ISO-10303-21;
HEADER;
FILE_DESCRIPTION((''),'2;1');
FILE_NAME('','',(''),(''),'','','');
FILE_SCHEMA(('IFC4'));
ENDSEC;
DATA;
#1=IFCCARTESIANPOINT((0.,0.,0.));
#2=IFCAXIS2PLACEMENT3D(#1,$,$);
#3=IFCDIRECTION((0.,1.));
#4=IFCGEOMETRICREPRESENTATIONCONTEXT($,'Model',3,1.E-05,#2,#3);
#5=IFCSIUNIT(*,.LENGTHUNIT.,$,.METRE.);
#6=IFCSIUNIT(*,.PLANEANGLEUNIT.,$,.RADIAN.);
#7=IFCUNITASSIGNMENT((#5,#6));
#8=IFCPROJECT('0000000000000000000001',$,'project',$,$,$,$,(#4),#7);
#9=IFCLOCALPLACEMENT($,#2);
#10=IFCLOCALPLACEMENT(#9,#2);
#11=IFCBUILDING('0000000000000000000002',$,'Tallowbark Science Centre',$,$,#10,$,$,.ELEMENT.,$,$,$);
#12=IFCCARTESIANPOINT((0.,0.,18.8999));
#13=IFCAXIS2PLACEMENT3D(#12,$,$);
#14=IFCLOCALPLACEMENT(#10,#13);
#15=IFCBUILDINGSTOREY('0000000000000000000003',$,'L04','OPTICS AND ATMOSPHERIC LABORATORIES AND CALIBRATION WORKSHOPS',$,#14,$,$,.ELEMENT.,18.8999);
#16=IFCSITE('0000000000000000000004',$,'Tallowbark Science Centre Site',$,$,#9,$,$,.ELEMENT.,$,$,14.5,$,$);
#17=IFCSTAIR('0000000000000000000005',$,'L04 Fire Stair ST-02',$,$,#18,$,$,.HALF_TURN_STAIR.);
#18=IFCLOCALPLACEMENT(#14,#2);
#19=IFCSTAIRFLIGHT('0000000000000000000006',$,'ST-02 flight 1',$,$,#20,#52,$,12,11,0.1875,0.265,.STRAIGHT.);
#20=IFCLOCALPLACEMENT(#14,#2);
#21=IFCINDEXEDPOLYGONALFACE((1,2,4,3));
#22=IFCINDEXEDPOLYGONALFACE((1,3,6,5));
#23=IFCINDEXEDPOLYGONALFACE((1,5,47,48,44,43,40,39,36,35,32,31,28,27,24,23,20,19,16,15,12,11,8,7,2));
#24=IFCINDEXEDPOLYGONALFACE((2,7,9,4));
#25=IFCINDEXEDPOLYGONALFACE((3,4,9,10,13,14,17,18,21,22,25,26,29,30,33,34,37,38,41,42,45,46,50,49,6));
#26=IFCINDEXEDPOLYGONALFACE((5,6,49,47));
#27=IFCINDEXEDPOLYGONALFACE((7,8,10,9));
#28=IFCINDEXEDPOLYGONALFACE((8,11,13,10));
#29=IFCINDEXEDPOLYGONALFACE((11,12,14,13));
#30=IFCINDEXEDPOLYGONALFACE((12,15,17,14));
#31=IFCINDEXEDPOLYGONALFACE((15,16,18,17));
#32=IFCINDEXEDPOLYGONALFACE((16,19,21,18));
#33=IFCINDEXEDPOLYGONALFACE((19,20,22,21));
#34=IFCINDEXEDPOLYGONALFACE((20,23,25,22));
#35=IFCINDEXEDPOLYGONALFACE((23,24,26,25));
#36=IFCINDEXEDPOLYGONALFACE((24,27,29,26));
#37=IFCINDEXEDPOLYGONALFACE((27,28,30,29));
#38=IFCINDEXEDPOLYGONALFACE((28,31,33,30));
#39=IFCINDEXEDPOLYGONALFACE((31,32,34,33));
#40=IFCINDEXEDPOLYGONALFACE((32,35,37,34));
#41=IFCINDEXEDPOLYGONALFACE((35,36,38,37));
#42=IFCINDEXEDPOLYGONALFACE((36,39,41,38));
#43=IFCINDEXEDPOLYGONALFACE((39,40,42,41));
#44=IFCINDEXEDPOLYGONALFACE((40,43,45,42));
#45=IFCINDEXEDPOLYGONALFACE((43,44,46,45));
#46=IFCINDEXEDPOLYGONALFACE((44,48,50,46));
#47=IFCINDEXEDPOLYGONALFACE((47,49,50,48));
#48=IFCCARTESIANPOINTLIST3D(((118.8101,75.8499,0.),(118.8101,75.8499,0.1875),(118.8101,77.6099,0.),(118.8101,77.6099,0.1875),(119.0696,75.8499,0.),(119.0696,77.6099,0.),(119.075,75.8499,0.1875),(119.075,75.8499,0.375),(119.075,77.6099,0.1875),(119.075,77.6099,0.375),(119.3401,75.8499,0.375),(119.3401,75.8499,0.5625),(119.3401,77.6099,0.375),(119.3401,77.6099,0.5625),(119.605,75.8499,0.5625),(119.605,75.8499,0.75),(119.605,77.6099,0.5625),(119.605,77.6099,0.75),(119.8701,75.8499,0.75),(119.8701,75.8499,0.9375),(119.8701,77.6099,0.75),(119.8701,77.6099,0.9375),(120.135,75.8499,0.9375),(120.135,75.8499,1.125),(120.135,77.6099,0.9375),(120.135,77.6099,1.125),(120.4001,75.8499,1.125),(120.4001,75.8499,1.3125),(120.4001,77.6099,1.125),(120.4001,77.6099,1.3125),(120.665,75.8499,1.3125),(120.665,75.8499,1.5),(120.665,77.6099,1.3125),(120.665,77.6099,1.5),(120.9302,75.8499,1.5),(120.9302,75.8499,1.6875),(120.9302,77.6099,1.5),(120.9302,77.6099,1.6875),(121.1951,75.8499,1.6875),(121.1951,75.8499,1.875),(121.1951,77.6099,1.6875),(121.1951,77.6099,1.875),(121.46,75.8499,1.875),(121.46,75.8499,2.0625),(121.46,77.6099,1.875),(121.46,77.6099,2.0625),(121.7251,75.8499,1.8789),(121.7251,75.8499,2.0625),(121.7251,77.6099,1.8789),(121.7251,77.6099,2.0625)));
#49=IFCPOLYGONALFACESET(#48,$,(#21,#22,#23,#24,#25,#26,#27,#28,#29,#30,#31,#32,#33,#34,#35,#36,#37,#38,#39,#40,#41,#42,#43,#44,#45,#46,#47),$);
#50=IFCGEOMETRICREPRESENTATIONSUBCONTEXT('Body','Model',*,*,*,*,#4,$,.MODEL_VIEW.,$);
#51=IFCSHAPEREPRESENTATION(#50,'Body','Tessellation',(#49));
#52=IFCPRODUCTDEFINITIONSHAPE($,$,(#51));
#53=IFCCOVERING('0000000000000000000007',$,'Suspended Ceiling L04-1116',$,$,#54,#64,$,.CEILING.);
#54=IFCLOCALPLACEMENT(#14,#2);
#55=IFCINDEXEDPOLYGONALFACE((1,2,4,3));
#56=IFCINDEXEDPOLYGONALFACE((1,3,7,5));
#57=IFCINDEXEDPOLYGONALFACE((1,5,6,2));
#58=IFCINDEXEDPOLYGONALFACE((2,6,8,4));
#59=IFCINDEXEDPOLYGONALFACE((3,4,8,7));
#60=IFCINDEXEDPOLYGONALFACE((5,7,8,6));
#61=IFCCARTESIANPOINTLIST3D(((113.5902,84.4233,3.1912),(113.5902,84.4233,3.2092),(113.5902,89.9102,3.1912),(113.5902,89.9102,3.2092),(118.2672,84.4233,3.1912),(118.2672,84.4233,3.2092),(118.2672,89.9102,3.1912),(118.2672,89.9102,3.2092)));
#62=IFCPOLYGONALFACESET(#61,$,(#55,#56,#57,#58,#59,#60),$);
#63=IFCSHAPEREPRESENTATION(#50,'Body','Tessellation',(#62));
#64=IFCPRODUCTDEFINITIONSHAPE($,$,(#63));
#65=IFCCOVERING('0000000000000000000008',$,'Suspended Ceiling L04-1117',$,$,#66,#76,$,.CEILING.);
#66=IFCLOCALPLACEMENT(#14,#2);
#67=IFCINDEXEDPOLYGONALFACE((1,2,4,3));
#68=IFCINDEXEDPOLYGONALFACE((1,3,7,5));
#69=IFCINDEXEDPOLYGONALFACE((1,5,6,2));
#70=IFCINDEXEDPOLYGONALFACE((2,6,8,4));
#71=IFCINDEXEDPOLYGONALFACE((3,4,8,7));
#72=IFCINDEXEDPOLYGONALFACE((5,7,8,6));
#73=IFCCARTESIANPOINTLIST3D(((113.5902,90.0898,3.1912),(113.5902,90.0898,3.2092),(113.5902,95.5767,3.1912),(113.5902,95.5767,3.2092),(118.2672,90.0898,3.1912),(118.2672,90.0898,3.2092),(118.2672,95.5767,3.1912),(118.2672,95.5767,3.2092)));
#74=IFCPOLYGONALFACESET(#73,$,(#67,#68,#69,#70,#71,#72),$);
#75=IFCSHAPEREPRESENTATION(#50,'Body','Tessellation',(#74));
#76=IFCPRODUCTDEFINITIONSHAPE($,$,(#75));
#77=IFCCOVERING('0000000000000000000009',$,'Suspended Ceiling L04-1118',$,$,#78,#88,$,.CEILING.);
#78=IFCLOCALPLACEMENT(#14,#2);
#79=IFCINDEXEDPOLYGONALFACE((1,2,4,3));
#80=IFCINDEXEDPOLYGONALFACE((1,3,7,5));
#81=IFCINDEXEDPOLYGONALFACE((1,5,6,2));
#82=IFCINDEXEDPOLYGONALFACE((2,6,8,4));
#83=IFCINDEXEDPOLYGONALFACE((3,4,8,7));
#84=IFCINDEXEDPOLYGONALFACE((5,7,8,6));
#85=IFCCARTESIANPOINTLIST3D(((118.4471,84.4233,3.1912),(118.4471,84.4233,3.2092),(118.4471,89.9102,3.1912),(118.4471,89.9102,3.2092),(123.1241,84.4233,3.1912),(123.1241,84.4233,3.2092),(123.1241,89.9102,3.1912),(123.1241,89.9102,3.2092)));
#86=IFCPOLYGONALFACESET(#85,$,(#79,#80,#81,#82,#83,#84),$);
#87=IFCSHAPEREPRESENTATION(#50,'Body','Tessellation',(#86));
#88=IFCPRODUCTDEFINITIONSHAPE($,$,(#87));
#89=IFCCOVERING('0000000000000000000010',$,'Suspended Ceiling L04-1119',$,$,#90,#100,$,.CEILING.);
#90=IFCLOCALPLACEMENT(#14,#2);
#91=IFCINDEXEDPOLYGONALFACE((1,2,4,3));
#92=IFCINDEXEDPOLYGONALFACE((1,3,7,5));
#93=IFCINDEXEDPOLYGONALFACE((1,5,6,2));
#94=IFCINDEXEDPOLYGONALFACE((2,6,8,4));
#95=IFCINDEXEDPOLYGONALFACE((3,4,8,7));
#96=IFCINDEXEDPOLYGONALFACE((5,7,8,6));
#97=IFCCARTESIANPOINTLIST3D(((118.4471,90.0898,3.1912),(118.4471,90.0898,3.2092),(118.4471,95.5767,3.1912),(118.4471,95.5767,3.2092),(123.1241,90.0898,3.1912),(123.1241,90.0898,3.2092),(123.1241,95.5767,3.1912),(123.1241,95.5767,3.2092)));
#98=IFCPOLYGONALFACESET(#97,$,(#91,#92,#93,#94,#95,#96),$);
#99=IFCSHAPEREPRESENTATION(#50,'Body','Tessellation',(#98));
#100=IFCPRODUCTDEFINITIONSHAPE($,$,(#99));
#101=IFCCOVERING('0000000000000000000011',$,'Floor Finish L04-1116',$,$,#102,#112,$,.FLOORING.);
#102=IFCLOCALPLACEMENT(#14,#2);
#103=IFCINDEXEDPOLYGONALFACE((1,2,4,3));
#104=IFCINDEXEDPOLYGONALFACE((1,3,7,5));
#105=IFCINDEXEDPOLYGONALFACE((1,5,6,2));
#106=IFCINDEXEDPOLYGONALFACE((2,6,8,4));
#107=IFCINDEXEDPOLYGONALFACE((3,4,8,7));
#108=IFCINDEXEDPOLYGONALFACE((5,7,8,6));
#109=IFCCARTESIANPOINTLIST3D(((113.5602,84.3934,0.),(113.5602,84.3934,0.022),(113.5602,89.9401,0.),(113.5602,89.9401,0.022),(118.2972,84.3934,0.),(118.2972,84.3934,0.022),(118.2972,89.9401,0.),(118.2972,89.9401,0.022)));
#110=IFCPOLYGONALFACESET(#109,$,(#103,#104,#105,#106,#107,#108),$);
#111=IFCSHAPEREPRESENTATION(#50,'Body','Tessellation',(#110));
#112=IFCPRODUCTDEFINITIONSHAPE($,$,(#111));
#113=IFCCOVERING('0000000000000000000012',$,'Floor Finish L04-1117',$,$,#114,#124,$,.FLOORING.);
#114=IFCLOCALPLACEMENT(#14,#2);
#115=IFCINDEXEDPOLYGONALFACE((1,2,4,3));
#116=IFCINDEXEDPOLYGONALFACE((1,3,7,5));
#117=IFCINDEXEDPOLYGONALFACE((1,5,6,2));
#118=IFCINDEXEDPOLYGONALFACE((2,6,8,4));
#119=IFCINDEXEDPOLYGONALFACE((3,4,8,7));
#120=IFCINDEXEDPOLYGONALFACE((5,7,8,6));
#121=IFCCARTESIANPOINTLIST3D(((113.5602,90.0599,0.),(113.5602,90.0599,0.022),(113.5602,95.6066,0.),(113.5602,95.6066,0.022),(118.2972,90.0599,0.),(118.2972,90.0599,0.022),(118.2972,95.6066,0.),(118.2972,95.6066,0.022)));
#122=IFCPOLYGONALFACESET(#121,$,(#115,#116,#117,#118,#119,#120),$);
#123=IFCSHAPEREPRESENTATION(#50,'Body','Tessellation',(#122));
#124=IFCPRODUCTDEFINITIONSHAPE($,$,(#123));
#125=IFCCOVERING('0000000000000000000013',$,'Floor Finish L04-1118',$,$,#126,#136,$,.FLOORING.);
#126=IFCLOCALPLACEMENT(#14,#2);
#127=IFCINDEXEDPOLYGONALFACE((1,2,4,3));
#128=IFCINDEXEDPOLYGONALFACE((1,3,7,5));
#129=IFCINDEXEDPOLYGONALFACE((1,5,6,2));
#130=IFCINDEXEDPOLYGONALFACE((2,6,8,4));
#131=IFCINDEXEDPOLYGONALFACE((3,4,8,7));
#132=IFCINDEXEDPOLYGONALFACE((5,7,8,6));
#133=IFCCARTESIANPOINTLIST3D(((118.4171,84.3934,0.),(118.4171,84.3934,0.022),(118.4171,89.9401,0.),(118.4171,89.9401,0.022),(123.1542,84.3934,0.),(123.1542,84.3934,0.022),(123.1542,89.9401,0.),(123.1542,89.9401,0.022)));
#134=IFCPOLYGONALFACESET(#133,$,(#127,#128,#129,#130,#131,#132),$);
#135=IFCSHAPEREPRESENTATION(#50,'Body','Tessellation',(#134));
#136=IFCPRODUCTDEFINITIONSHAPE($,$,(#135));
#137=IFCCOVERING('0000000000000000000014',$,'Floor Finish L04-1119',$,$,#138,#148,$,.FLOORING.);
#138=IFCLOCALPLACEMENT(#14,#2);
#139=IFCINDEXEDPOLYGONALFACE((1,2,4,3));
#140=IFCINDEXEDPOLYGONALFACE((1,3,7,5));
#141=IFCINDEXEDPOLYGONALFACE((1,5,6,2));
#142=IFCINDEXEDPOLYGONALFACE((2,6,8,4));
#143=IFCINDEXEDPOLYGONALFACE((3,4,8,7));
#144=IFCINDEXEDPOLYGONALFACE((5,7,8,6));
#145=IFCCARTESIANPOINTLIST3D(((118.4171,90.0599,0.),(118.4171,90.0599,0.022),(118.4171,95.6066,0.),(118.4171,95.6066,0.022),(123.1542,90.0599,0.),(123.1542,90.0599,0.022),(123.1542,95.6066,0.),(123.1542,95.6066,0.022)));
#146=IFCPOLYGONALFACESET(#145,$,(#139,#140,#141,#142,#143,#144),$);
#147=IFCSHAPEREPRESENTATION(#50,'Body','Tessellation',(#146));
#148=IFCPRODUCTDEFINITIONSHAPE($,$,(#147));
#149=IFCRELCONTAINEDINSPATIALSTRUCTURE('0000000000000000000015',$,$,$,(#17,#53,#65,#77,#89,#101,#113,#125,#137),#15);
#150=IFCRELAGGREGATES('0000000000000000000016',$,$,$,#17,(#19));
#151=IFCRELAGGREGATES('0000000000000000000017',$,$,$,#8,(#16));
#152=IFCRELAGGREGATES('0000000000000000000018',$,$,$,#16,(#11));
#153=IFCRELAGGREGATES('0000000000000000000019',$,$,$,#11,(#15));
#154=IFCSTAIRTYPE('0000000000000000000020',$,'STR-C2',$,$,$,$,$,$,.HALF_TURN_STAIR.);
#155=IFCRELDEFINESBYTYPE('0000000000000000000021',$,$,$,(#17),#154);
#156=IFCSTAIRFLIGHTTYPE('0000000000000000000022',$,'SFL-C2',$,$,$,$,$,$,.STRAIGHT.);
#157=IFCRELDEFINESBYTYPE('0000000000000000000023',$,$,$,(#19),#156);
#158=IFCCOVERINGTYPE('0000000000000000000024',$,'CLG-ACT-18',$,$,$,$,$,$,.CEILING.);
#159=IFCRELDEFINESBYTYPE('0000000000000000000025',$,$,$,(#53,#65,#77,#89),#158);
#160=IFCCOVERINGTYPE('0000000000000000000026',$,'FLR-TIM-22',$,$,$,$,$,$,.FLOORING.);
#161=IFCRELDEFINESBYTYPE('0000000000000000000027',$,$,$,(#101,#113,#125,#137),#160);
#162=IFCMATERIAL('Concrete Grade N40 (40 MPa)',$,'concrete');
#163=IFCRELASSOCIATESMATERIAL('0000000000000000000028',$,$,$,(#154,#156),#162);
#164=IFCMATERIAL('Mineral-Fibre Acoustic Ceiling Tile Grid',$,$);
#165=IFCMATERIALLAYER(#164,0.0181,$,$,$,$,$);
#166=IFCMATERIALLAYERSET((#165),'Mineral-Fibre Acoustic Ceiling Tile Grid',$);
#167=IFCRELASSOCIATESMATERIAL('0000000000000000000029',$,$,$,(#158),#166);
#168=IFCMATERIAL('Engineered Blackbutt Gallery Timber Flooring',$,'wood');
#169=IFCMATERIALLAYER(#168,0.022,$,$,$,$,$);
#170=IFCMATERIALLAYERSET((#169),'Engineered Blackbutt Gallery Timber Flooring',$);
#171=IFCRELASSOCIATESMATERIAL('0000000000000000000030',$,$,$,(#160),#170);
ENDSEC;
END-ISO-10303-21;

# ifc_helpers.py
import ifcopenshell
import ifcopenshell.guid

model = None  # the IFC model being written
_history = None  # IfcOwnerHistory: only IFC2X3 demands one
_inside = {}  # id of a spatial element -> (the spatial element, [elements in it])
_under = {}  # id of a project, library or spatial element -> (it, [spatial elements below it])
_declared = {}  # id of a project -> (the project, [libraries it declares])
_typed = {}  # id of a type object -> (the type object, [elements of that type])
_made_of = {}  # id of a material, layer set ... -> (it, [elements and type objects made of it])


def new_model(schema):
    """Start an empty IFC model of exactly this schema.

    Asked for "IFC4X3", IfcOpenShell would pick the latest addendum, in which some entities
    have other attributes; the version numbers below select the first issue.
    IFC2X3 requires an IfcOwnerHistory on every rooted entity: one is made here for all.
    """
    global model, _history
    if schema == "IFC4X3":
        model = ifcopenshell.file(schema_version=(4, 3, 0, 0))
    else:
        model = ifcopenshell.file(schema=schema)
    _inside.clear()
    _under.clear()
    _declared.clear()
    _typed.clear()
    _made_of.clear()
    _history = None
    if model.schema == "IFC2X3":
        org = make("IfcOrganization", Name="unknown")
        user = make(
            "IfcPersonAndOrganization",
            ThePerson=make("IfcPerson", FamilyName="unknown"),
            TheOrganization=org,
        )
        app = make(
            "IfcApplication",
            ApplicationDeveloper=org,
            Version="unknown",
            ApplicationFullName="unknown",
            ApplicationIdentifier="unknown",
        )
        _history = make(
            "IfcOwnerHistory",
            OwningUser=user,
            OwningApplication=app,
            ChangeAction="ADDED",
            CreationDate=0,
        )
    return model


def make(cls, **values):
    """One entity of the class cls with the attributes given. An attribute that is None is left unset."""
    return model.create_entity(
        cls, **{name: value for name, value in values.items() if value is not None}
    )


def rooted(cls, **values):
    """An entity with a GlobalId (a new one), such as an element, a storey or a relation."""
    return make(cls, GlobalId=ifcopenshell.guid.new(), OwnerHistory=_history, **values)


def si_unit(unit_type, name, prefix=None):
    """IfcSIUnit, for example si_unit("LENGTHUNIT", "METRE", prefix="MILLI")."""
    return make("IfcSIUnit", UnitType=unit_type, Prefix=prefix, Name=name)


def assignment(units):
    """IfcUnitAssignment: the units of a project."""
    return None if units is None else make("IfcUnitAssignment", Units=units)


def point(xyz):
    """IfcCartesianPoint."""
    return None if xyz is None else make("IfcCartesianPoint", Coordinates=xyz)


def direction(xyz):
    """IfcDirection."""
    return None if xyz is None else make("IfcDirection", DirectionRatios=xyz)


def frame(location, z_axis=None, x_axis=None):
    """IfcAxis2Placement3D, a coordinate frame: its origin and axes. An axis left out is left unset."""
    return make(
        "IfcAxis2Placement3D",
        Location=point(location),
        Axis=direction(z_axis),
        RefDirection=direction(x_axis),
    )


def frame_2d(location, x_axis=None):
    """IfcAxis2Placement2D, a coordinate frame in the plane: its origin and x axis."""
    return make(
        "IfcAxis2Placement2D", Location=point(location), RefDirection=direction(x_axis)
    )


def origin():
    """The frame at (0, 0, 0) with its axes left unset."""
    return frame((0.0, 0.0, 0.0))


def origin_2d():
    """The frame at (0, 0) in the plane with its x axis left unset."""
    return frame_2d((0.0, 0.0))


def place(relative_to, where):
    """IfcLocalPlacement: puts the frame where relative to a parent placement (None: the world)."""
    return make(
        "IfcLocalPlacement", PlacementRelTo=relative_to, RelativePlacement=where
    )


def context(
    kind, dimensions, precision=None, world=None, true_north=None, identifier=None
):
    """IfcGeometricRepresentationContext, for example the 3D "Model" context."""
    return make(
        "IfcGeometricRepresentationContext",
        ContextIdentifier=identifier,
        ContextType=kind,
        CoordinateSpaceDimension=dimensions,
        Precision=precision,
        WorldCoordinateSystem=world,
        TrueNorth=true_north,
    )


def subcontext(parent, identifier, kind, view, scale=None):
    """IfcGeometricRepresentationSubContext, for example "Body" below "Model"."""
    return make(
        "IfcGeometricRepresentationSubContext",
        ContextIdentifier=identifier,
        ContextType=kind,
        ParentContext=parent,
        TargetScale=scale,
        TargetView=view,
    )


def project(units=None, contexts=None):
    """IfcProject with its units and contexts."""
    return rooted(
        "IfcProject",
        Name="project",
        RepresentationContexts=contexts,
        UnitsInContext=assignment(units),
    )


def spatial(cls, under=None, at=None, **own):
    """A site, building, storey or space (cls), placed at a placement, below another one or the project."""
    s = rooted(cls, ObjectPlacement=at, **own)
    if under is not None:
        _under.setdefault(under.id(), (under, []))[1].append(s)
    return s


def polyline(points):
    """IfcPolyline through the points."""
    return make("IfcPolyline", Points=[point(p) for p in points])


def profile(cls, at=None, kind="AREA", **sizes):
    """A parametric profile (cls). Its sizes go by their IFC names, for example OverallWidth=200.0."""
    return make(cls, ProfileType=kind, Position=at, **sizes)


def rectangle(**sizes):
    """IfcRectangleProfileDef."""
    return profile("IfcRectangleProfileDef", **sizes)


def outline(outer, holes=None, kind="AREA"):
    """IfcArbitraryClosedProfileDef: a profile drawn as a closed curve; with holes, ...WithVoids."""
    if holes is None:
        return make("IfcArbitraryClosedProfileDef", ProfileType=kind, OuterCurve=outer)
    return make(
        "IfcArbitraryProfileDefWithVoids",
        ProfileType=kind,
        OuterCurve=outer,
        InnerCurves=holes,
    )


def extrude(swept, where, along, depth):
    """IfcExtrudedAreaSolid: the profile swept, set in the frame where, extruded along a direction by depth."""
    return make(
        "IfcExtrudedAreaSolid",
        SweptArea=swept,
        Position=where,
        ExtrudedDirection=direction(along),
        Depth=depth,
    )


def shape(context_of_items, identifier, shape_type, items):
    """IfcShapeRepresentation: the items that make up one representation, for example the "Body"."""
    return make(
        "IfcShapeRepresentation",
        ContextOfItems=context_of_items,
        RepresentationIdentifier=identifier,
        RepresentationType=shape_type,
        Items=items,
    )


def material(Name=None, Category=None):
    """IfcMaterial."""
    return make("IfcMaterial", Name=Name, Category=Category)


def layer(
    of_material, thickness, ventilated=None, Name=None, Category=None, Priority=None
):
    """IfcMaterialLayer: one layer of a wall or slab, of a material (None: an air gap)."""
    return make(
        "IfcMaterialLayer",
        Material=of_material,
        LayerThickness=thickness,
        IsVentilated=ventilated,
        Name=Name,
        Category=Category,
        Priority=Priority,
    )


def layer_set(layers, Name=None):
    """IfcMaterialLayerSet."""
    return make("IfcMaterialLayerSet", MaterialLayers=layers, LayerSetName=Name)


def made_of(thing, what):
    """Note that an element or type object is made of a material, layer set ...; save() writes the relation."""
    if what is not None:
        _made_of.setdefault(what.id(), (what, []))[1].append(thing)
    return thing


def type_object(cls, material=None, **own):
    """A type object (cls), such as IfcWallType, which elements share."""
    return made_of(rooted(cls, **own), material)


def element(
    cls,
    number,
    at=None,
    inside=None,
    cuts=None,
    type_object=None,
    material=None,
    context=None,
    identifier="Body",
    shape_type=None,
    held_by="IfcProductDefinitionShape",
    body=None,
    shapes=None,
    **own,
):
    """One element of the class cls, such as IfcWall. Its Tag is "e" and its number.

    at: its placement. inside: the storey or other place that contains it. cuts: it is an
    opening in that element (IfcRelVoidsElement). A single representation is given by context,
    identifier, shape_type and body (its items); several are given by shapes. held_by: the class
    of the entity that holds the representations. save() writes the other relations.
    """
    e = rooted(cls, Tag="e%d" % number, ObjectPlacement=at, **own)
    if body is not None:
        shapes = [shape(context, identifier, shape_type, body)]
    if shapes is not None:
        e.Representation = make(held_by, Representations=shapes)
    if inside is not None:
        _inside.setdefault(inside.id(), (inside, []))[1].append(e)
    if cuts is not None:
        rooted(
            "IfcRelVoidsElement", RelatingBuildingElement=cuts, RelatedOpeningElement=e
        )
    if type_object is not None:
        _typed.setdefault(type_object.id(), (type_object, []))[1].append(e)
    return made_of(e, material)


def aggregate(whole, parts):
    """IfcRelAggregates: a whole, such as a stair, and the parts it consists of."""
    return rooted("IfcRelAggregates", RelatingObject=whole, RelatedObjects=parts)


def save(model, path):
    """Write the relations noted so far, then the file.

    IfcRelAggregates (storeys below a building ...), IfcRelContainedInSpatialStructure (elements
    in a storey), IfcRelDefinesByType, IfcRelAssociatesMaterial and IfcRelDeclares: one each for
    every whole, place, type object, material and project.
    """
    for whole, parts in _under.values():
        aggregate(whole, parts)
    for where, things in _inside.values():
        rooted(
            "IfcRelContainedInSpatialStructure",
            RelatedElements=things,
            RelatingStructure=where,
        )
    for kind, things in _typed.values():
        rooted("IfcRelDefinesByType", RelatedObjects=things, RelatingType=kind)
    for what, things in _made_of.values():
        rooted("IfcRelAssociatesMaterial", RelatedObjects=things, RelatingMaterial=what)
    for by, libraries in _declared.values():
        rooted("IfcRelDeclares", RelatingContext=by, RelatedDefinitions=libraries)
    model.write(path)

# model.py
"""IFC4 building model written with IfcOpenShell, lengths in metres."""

from ifc_helpers import new_model, si_unit, direction, frame, origin, origin_2d, place, context, subcontext, project, spatial, polyline, rectangle, outline, extrude, material, layer, layer_set, type_object, element, aggregate, save


model = new_model("IFC4")

# Units and contexts
model_context = context("Model", 3, precision=1e-05, world=origin(), true_north=direction((0.0, 1.0)))
body_context = subcontext(model_context, "Body", "Model", "MODEL_VIEW")
ifc_project = project(units=[si_unit("LENGTHUNIT", "METRE"), si_unit("PLANEANGLEUNIT", "RADIAN")], contexts=[model_context])

# Site, building, storey
site_placement = place(None, origin())
site = spatial("IfcSite", under=ifc_project, at=site_placement, Name="Tallowbark Science Centre Site", CompositionType="ELEMENT", RefElevation=14.5)
building_placement = place(site_placement, origin())
building = spatial("IfcBuilding", under=site, at=building_placement, Name="Tallowbark Science Centre", CompositionType="ELEMENT")
storey_placement = place(building_placement, frame((0.0, 0.0, 18.8999)))
storey = spatial("IfcBuildingStorey", under=building, at=storey_placement, Name="L04", Description="OPTICS AND ATMOSPHERIC LABORATORIES AND CALIBRATION WORKSHOPS", CompositionType="ELEMENT", Elevation=18.8999)

# Shared definitions
ifc_material_1 = material(Name="Concrete Grade N40 (40 MPa)", Category="concrete")

# Stair, stair flight
stair_type = type_object("IfcStairType", Name="STR-C2", PredefinedType="HALF_TURN_STAIR", material=ifc_material_1)
stair_placement = place(storey_placement, origin())
stair = element("IfcStair", 1, at=stair_placement, inside=storey, type_object=stair_type, Name="L04 Fire Stair ST-02", PredefinedType="HALF_TURN_STAIR")
stair_flight_type = type_object("IfcStairFlightType", Name="SFL-C2", PredefinedType="STRAIGHT", material=ifc_material_1)
stair_flight_placement = place(storey_placement, frame((118.8101, 76.73, 0.0), z_axis=(0.0, 0.0, 1.0), x_axis=(1.0, 0.0, 0.0)))
stair_flight = element("IfcStairFlight", 2, at=stair_flight_placement, type_object=stair_flight_type, Name="ST-02 flight 1", NumberOfRisers=12, NumberOfTreads=11, PredefinedType="STRAIGHT", RiserHeight=0.1875, TreadLength=0.265, context=body_context, shape_type="SweptSolid", body=[
    extrude(outline(polyline([(0.0, 0.0), (0.0, 0.1875), (0.2649, 0.1875), (0.2649, 0.375), (0.53, 0.375), (0.53, 0.5625), (0.7949, 0.5625), (0.7949, 0.75), (1.0601, 0.75), (1.0601, 0.9375), (1.325, 0.9375), (1.325, 1.125), (1.5901, 1.125), (1.5901, 1.3125), (1.855, 1.3125), (1.855, 1.5), (2.1201, 1.5), (2.1201, 1.6875), (2.385, 1.6875), (2.385, 1.875), (2.6499, 1.875), (2.6499, 2.0625), (2.915, 2.0625), (2.915, 2.25), (2.915, 1.8789), (0.2595, 0.0), (0.0, 0.0)])), frame((0.0, 0.8799, 0.0), z_axis=(0.0, -1.0, 0.0), x_axis=(1.0, 0.0, 0.0)), (0.0, 0.0, 1.0), 1.76),
])
aggregate(stair, [stair_flight])

# Coverings
ifc_material_2 = material(Name="Mineral-Fibre Acoustic Ceiling Tile Grid")
ifc_layer_1 = layer(ifc_material_2, 0.0181)
ifc_layer_set_1 = layer_set([ifc_layer_1], Name="Mineral-Fibre Acoustic Ceiling Tile Grid")
covering_type_1 = type_object("IfcCoveringType", Name="CLG-ACT-18", PredefinedType="CEILING", material=ifc_layer_set_1)
for number, where, z_axis, x_axis, name in (
    (3, (115.9287, 87.1667, 3.1912), (0.0, 0.0, 1.0), (1.0, 0.0, 0.0), "Suspended Ceiling L04-1116"),
    (4, (115.9287, 92.8333, 3.1912), (0.0, 0.0, 1.0), (1.0, 0.0, 0.0), "Suspended Ceiling L04-1117"),
    (5, (120.7856, 87.1667, 3.1912), (0.0, 0.0, 1.0), (1.0, 0.0, 0.0), "Suspended Ceiling L04-1118"),
    (6, (120.7856, 92.8333, 3.1912), (0.0, 0.0, 1.0), (1.0, 0.0, 0.0), "Suspended Ceiling L04-1119"),
):
    element("IfcCovering", number, at=place(storey_placement, frame(where, z_axis=z_axis, x_axis=x_axis)), inside=storey, type_object=covering_type_1, Name=name, PredefinedType="CEILING", context=body_context, shape_type="SweptSolid", body=[
        extrude(rectangle(XDim=4.677, YDim=5.4868, at=origin_2d()), origin(), (0.0, 0.0, 1.0), 0.0181),
    ])
ifc_material_3 = material(Name="Engineered Blackbutt Gallery Timber Flooring", Category="wood")
ifc_layer_2 = layer(ifc_material_3, 0.022)
ifc_layer_set_2 = layer_set([ifc_layer_2], Name="Engineered Blackbutt Gallery Timber Flooring")
covering_type_2 = type_object("IfcCoveringType", Name="FLR-TIM-22", PredefinedType="FLOORING", material=ifc_layer_set_2)
for number, where, z_axis, x_axis, name in (
    (7, (115.9287, 87.1667, 0.0), (0.0, 0.0, 1.0), (1.0, 0.0, 0.0), "Floor Finish L04-1116"),
    (8, (115.9287, 92.8333, 0.0), (0.0, 0.0, 1.0), (1.0, 0.0, 0.0), "Floor Finish L04-1117"),
    (9, (120.7856, 87.1667, 0.0), (0.0, 0.0, 1.0), (1.0, 0.0, 0.0), "Floor Finish L04-1118"),
    (10, (120.7856, 92.8333, 0.0), (0.0, 0.0, 1.0), (1.0, 0.0, 0.0), "Floor Finish L04-1119"),
):
    element("IfcCovering", number, at=place(storey_placement, frame(where, z_axis=z_axis, x_axis=x_axis)), inside=storey, type_object=covering_type_2, Name=name, PredefinedType="FLOORING", context=body_context, shape_type="SweptSolid", body=[
        extrude(rectangle(XDim=4.7371, YDim=5.5466, at=origin_2d()), origin(), (0.0, 0.0, 1.0), 0.022),
    ])

save(model, "model.ifc")
